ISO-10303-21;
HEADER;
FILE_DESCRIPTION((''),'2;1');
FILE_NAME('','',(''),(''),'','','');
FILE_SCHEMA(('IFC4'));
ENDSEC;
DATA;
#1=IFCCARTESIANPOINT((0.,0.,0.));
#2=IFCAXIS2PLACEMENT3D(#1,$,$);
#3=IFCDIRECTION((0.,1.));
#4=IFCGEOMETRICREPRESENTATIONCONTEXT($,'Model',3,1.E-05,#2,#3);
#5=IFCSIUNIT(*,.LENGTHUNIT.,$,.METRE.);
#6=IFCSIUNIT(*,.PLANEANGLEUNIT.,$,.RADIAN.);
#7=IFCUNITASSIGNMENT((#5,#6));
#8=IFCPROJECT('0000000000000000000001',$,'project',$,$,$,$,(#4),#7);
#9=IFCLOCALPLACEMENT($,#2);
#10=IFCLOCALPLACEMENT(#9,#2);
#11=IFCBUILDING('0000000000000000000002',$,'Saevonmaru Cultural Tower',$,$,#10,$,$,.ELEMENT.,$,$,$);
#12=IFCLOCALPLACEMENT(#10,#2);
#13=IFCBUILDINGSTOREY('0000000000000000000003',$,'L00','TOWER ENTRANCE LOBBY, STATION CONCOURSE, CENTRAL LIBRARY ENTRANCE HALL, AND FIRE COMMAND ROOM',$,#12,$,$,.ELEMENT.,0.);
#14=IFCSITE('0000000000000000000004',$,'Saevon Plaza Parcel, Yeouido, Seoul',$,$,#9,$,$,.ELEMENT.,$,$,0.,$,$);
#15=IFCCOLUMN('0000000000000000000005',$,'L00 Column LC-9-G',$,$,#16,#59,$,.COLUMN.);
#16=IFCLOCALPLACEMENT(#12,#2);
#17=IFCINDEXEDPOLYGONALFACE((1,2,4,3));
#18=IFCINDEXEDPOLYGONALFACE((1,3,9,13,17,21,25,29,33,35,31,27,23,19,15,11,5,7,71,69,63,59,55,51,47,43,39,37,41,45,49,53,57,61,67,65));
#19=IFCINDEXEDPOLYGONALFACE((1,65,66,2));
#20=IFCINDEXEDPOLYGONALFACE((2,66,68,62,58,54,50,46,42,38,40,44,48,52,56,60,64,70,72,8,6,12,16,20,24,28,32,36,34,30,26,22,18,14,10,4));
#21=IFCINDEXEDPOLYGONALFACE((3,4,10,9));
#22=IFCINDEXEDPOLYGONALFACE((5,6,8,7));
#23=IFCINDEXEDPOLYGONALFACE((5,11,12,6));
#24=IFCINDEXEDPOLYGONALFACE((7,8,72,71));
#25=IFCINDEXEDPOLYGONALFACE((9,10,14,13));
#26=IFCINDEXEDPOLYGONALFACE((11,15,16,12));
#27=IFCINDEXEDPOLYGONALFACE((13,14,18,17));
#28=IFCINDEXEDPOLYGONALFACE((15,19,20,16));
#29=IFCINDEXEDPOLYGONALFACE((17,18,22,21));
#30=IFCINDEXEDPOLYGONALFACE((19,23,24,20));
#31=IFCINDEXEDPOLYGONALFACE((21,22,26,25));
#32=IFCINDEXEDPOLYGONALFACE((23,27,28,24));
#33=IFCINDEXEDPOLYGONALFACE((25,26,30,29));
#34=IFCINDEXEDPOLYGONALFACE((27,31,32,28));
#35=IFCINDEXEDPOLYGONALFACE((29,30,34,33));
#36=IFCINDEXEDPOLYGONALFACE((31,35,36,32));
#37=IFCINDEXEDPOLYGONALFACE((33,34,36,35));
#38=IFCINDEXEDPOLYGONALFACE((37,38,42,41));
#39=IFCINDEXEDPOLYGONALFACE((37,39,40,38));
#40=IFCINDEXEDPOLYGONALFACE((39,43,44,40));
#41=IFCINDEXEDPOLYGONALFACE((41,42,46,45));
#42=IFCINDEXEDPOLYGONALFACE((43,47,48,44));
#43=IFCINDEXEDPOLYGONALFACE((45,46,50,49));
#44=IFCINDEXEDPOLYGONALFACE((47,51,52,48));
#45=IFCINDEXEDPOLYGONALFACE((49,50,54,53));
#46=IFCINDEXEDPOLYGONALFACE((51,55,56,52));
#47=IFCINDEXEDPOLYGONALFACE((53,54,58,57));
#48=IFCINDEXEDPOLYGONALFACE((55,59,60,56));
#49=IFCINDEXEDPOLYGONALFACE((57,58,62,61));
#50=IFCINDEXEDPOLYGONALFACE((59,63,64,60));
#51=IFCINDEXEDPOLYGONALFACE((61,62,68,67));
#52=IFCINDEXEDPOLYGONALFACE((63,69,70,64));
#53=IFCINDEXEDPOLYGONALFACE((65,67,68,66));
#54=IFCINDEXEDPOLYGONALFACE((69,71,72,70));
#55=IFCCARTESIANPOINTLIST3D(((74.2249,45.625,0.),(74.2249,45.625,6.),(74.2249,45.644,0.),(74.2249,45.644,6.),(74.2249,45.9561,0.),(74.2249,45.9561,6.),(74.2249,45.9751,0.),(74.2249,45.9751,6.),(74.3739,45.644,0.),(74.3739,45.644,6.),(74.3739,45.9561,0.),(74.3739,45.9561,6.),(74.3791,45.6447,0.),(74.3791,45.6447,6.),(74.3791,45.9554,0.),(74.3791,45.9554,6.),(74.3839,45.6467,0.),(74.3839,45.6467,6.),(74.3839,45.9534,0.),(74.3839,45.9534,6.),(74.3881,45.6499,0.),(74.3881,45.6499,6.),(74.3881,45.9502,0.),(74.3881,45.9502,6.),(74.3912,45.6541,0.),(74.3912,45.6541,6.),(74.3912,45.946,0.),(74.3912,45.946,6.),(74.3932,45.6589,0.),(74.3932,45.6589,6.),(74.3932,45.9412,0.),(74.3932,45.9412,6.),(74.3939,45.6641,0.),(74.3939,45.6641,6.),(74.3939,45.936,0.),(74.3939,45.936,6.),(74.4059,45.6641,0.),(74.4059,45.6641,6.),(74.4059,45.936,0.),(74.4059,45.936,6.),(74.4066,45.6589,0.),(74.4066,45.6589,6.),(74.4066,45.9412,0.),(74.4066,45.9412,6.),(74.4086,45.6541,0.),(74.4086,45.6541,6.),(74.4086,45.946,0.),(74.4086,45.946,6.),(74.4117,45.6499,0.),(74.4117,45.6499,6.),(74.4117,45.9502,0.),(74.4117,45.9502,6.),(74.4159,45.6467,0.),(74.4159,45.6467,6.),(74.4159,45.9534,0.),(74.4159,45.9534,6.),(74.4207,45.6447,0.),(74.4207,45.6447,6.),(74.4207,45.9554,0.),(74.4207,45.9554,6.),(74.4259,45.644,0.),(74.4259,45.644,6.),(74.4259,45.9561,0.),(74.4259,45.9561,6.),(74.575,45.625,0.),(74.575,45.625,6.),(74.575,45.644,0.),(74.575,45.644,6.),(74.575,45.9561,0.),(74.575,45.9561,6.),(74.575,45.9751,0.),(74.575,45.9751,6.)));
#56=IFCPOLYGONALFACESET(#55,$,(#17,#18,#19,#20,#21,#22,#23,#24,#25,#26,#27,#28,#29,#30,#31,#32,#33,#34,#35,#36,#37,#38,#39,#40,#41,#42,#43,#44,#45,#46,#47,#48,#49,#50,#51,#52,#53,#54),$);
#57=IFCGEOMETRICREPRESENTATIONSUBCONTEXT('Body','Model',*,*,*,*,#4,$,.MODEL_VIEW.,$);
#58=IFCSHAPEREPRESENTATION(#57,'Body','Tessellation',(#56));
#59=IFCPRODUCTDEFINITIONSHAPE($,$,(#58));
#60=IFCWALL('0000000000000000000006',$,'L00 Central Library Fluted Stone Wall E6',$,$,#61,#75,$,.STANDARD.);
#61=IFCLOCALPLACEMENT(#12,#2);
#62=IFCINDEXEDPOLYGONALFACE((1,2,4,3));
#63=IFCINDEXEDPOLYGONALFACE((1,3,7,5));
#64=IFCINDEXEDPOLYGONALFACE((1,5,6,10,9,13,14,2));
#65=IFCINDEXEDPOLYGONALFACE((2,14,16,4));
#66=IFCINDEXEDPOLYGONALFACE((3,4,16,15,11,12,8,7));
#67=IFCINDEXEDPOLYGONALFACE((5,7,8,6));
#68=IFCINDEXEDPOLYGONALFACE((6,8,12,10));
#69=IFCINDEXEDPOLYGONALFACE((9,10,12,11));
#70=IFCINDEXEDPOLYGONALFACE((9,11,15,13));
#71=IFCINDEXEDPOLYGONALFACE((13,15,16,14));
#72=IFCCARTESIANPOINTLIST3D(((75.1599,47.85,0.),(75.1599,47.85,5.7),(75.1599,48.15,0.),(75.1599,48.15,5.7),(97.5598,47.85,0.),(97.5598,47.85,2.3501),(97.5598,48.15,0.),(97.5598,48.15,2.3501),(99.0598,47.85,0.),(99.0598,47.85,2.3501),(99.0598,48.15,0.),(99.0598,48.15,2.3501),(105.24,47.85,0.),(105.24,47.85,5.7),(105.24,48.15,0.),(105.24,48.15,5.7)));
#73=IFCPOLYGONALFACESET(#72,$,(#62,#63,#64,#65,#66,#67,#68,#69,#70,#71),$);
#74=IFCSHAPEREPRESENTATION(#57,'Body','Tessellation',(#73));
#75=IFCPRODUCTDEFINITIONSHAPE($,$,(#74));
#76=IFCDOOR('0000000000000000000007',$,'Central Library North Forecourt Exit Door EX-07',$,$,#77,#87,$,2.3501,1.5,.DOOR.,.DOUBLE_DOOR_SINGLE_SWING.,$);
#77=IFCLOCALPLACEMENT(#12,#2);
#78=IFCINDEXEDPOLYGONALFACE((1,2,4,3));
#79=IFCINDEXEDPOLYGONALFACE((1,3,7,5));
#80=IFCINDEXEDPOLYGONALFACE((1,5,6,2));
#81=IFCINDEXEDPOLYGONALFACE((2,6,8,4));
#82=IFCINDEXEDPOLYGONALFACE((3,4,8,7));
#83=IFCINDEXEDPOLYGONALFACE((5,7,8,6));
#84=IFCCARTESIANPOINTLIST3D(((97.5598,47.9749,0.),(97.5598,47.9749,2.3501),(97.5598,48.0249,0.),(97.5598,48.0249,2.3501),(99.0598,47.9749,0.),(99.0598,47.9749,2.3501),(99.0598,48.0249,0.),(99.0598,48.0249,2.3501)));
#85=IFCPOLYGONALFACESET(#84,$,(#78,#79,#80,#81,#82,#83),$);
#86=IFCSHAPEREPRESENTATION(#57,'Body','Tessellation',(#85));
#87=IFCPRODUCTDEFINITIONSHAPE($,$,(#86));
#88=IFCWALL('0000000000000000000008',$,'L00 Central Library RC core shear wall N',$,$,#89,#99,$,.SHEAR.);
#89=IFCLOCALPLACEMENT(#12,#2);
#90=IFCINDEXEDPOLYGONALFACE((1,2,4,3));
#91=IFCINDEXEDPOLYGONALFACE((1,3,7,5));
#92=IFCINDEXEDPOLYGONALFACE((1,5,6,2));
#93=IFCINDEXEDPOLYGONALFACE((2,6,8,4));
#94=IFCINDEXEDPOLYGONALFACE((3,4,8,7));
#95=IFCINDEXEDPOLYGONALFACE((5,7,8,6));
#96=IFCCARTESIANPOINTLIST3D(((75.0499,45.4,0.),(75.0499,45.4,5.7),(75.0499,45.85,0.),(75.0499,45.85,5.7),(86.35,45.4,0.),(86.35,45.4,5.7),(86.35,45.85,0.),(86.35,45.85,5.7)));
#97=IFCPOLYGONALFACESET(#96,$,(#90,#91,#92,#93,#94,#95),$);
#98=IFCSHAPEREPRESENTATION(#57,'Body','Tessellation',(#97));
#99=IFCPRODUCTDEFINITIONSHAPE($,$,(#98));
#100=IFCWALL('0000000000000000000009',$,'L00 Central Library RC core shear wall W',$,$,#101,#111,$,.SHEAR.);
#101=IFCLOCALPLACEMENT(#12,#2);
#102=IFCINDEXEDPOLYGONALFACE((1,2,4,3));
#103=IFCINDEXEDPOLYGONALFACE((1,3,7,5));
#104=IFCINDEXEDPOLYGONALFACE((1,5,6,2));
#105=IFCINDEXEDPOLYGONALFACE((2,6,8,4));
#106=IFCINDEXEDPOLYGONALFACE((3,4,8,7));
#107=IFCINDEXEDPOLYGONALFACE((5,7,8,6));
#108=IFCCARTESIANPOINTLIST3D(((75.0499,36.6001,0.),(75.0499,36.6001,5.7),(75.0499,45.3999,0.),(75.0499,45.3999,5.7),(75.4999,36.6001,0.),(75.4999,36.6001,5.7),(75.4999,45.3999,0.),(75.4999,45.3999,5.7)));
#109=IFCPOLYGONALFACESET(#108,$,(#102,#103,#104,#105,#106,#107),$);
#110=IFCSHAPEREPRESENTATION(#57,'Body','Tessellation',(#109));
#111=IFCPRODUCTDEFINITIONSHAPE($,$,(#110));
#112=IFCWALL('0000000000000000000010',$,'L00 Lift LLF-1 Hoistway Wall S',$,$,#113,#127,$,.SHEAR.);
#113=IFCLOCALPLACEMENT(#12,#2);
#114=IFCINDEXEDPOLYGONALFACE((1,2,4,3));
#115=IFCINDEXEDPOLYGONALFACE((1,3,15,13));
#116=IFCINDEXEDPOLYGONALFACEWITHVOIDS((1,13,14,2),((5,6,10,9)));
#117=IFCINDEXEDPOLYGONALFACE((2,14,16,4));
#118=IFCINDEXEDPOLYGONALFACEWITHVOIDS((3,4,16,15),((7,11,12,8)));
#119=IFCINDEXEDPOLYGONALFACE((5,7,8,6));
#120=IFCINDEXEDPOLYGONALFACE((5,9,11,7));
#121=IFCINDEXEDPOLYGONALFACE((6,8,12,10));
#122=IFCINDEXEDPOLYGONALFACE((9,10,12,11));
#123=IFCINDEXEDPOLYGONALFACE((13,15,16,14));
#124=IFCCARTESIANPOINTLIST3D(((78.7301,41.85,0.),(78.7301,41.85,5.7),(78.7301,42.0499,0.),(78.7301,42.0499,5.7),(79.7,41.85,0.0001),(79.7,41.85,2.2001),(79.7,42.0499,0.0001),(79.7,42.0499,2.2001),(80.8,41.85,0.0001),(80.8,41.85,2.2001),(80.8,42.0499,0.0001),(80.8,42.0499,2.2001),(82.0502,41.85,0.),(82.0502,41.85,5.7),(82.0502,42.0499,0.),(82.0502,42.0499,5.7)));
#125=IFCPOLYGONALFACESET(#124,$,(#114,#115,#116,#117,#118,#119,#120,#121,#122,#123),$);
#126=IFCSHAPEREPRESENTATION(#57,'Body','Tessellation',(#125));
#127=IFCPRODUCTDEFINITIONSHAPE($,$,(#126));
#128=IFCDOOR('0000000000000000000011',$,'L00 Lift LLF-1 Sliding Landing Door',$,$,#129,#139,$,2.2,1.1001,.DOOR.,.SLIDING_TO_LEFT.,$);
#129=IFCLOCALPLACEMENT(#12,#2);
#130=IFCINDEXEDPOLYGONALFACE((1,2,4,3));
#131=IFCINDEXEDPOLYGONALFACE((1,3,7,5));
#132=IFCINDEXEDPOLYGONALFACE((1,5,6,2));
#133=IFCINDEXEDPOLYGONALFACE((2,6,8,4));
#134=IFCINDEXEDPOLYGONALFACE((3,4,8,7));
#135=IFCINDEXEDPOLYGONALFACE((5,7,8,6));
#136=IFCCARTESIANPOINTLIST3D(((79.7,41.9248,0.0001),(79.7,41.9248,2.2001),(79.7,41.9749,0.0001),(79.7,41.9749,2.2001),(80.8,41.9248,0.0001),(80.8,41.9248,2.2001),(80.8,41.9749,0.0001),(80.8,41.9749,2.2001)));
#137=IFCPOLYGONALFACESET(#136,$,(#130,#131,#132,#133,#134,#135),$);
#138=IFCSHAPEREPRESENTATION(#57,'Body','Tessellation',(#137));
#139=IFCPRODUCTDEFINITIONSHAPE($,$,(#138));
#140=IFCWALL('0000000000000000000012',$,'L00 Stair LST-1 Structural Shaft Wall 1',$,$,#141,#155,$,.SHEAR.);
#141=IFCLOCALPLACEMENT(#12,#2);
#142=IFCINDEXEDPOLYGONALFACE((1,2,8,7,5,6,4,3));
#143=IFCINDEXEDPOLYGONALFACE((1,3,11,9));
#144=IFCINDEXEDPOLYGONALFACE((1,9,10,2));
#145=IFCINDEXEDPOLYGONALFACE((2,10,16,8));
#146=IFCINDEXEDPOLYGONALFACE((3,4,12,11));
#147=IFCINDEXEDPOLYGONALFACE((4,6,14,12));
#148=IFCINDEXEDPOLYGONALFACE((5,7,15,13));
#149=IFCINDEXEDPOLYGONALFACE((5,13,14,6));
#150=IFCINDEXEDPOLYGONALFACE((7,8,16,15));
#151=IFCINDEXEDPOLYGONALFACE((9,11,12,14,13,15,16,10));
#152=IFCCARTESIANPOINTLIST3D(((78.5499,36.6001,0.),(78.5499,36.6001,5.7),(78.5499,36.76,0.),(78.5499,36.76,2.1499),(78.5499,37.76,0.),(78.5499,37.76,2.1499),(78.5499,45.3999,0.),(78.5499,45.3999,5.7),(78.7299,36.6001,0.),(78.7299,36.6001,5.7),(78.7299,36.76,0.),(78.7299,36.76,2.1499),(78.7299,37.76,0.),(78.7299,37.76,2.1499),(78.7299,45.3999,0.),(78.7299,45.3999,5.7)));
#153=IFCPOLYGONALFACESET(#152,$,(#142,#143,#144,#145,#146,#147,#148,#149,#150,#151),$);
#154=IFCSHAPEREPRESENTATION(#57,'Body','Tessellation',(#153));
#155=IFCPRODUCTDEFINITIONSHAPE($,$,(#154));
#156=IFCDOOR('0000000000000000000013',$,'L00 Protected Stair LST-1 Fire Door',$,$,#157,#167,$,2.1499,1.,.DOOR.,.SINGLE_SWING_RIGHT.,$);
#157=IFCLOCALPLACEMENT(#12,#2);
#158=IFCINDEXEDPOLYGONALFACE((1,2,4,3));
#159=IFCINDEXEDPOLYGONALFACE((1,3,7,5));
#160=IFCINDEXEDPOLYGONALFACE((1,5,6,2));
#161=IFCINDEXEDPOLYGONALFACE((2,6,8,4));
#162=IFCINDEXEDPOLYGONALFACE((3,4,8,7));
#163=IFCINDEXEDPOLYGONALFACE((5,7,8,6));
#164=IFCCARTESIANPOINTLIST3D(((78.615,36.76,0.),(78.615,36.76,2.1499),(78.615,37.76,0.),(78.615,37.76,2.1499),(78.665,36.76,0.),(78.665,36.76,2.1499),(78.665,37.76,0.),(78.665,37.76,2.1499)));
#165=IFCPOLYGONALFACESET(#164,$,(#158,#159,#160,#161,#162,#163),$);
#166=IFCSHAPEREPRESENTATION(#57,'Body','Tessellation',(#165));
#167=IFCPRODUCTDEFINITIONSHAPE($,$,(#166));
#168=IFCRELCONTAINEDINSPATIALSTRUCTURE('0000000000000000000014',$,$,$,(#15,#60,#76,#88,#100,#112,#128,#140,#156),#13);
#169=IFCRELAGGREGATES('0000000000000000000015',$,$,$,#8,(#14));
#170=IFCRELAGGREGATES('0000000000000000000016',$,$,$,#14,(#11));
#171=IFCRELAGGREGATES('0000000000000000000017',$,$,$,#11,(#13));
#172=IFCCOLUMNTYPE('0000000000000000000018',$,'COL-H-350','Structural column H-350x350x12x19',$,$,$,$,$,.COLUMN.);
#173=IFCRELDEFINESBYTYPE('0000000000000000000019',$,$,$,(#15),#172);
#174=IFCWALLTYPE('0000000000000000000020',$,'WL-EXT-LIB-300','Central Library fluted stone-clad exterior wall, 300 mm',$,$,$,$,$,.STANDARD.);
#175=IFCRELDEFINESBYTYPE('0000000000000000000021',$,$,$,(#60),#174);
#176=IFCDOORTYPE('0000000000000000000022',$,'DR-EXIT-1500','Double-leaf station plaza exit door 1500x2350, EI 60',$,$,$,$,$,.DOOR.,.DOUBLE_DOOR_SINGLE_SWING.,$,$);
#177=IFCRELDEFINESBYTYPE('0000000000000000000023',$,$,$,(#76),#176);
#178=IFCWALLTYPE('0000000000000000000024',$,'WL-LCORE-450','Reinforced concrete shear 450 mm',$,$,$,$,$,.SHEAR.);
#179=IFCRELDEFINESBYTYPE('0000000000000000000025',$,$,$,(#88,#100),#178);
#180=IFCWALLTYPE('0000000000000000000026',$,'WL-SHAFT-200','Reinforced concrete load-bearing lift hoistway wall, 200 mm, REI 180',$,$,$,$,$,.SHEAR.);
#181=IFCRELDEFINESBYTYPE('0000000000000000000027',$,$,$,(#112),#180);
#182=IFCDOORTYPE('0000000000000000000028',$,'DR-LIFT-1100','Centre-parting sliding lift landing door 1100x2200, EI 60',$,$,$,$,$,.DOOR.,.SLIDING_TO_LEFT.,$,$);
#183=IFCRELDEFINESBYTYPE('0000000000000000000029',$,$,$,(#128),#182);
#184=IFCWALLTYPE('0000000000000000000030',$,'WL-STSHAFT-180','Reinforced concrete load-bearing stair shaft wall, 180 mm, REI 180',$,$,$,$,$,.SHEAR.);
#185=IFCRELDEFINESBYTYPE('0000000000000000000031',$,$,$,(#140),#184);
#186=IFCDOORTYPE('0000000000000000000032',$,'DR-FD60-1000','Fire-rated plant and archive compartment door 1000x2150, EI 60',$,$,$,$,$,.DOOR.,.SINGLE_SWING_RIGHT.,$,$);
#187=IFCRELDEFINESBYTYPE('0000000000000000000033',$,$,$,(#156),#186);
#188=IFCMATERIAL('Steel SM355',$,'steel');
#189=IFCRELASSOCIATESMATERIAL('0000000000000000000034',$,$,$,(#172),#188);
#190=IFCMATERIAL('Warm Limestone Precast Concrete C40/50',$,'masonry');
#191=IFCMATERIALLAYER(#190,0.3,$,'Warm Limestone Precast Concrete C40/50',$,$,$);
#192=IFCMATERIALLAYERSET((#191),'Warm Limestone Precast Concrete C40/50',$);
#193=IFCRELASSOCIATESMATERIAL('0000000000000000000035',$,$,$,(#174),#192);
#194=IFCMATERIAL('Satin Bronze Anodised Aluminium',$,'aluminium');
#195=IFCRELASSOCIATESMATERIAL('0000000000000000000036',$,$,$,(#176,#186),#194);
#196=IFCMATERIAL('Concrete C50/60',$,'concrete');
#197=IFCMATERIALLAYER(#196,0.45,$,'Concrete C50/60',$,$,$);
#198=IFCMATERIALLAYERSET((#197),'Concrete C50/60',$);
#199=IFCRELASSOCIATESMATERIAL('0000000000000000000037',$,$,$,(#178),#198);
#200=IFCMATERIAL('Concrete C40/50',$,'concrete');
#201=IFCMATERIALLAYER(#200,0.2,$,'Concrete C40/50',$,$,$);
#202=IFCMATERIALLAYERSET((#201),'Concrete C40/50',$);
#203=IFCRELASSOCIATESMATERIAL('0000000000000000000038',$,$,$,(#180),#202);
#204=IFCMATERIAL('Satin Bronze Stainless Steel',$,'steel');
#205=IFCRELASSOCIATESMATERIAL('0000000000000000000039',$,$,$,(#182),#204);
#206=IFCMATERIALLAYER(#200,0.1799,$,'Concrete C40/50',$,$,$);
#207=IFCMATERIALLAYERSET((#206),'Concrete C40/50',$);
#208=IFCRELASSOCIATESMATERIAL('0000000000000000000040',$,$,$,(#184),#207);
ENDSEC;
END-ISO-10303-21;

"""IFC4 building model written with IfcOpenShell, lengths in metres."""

from ifc_helpers import new_model, si_unit, direction, frame, frame_2d, origin, origin_2d, place, context, subcontext, project, spatial, rectangle, i_section, extrude, material, layer, layer_set, material_profile, profile_set, type_object, element, fill, save


model = new_model("IFC4")

# Units and contexts
model_context = context("Model", 3, precision=1e-05, world=origin(), true_north=direction((0.0, 1.0)))
body_context = subcontext(model_context, "Body", "Model", "MODEL_VIEW")
ifc_project = project(units=[si_unit("LENGTHUNIT", "METRE"), si_unit("PLANEANGLEUNIT", "RADIAN")], contexts=[model_context])

# Site, building, storey
site_placement = place(None, origin())
site = spatial("IfcSite", under=ifc_project, at=site_placement, Name="Saevon Plaza Parcel, Yeouido, Seoul", CompositionType="ELEMENT", RefElevation=0.0)
building_placement = place(site_placement, origin())
building = spatial("IfcBuilding", under=site, at=building_placement, Name="Saevonmaru Cultural Tower", CompositionType="ELEMENT")
storey_placement = place(building_placement, origin())
storey = spatial("IfcBuildingStorey", under=building, at=storey_placement, Name="L00", Description="TOWER ENTRANCE LOBBY, STATION CONCOURSE, CENTRAL LIBRARY ENTRANCE HALL, AND FIRE COMMAND ROOM", CompositionType="ELEMENT", Elevation=0.0)

# Column
ifc_material_1 = material(Name="Steel SM355", Category="steel")
ifc_material_profile = material_profile(ifc_material_1, i_section(OverallWidth=0.3501, OverallDepth=0.3501, WebThickness=0.012, FlangeThickness=0.019, FilletRadius=0.02, at=origin_2d()), Name="H-350x350x12x19")
ifc_profile_set = profile_set([ifc_material_profile], Name="Steel SM355")
column_type = type_object("IfcColumnType", Name="COL-H-350", Description="Structural column H-350x350x12x19", PredefinedType="COLUMN", material=ifc_profile_set)
column_placement = place(storey_placement, frame((74.3999, 45.8, 0.0), z_axis=(0.0, 0.0, 1.0), x_axis=(1.0, 0.0, 0.0)))
element("IfcColumn", 1, at=column_placement, inside=storey, type_object=column_type, Name="L00 Column LC-9-G", PredefinedType="COLUMN", context=body_context, shape_type="SweptSolid", body=[
    extrude(i_section(OverallWidth=0.3501, OverallDepth=0.3501, WebThickness=0.012, FlangeThickness=0.019, FilletRadius=0.02, at=origin_2d()), origin(), (0.0, 0.0, 1.0), 6.0),
])

# Wall, opening, door
ifc_material_2 = material(Name="Warm Limestone Precast Concrete C40/50", Category="masonry")
ifc_layer_1 = layer(ifc_material_2, 0.3, Name="Warm Limestone Precast Concrete C40/50")
ifc_layer_set_1 = layer_set([ifc_layer_1], Name="Warm Limestone Precast Concrete C40/50")
wall_type_1 = type_object("IfcWallType", Name="WL-EXT-LIB-300", Description="Central Library fluted stone-clad exterior wall, 300 mm", PredefinedType="STANDARD", material=ifc_layer_set_1)
wall_1_placement = place(storey_placement, frame((75.1599, 48.0, 0.0), z_axis=(0.0, 0.0, 1.0), x_axis=(1.0, 0.0, 0.0)))
wall_1 = element("IfcWall", 2, at=wall_1_placement, inside=storey, type_object=wall_type_1, Name="L00 Central Library Fluted Stone Wall E6", PredefinedType="STANDARD", context=body_context, shape_type="SweptSolid", body=[
    extrude(rectangle(XDim=30.0801, YDim=0.3, at=frame_2d((15.04, 0.0))), origin(), (0.0, 0.0, 1.0), 5.7),
])
opening_1_placement = place(wall_1_placement, frame((22.3999, 0.0, 0.0)))
opening_1 = element("IfcOpeningElement", 3, at=opening_1_placement, cuts=wall_1, PredefinedType="OPENING", context=body_context, shape_type="SweptSolid", body=[
    extrude(rectangle(XDim=1.5, YDim=2.3501, at=frame_2d((0.75, 1.175))), frame((0.0, 0.1602, 0.0), z_axis=(0.0, -1.0, 0.0), x_axis=(1.0, 0.0, 0.0)), (0.0, 0.0, 1.0), 0.3201),
])
ifc_material_3 = material(Name="Satin Bronze Anodised Aluminium", Category="aluminium")
door_type_1 = type_object("IfcDoorType", Name="DR-EXIT-1500", Description="Double-leaf station plaza exit door 1500x2350, EI 60", OperationType="DOUBLE_DOOR_SINGLE_SWING", PredefinedType="DOOR", material=ifc_material_3)
door_1_placement = place(opening_1_placement, origin())
door_1 = element("IfcDoor", 4, at=door_1_placement, inside=storey, type_object=door_type_1, Name="Central Library North Forecourt Exit Door EX-07", OperationType="DOUBLE_DOOR_SINGLE_SWING", OverallHeight=2.3501, OverallWidth=1.5, PredefinedType="DOOR", context=body_context, shape_type="SweptSolid", body=[
    extrude(rectangle(XDim=1.5, YDim=2.3501, at=frame_2d((0.75, 1.175))), frame((0.0, 0.0249, 0.0), z_axis=(0.0, -1.0, 0.0), x_axis=(1.0, 0.0, 0.0)), (0.0, 0.0, 1.0), 0.05),
])
fill(opening_1, door_1)

# Walls
ifc_material_4 = material(Name="Concrete C50/60", Category="concrete")
ifc_layer_2 = layer(ifc_material_4, 0.45, Name="Concrete C50/60")
ifc_layer_set_2 = layer_set([ifc_layer_2], Name="Concrete C50/60")
wall_type_2 = type_object("IfcWallType", Name="WL-LCORE-450", Description="Reinforced concrete shear 450 mm", PredefinedType="SHEAR", material=ifc_layer_set_2)
wall_2_placement = place(storey_placement, frame((75.05, 45.625, 0.0), z_axis=(0.0, 0.0, 1.0), x_axis=(1.0, 0.0, 0.0)))
element("IfcWall", 5, at=wall_2_placement, inside=storey, type_object=wall_type_2, Name="L00 Central Library RC core shear wall N", PredefinedType="SHEAR", context=body_context, shape_type="SweptSolid", body=[
    extrude(rectangle(XDim=11.3, YDim=0.45, at=frame_2d((5.6499, 0.0))), origin(), (0.0, 0.0, 1.0), 5.7),
])
wall_3_placement = place(storey_placement, frame((75.2749, 36.6001, 0.0), z_axis=(0.0, 0.0, 1.0), x_axis=(0.0, 1.0, 0.0)))
element("IfcWall", 6, at=wall_3_placement, inside=storey, type_object=wall_type_2, Name="L00 Central Library RC core shear wall W", PredefinedType="SHEAR", context=body_context, shape_type="SweptSolid", body=[
    extrude(rectangle(XDim=8.7998, YDim=0.45, at=frame_2d((4.3999, 0.0))), origin(), (0.0, 0.0, 1.0), 5.7),
])

# Walls, openings, doors
ifc_material_5 = material(Name="Concrete C40/50", Category="concrete")
ifc_layer_3 = layer(ifc_material_5, 0.2, Name="Concrete C40/50")
ifc_layer_set_3 = layer_set([ifc_layer_3], Name="Concrete C40/50")
wall_type_3 = type_object("IfcWallType", Name="WL-SHAFT-200", Description="Reinforced concrete load-bearing lift hoistway wall, 200 mm, REI 180", PredefinedType="SHEAR", material=ifc_layer_set_3)
wall_4_placement = place(storey_placement, frame((78.73, 41.95, 0.0), z_axis=(0.0, 0.0, 1.0), x_axis=(1.0, 0.0, 0.0)))
wall_4 = element("IfcWall", 7, at=wall_4_placement, inside=storey, type_object=wall_type_3, Name="L00 Lift LLF-1 Hoistway Wall S", PredefinedType="SHEAR", context=body_context, shape_type="SweptSolid", body=[
    extrude(rectangle(XDim=3.3201, YDim=0.2, at=frame_2d((1.6602, 0.0))), origin(), (0.0, 0.0, 1.0), 5.7),
])
opening_2_placement = place(wall_4_placement, frame((0.97, 0.0, 0.0)))
opening_2 = element("IfcOpeningElement", 8, at=opening_2_placement, cuts=wall_4, PredefinedType="OPENING", context=body_context, shape_type="SweptSolid", body=[
    extrude(rectangle(XDim=1.1001, YDim=2.2, at=frame_2d((0.55, 1.1001))), frame((0.0, 0.1099, 0.0), z_axis=(0.0, -1.0, 0.0), x_axis=(1.0, 0.0, 0.0)), (0.0, 0.0, 1.0), 0.22),
])
ifc_material_6 = material(Name="Satin Bronze Stainless Steel", Category="steel")
door_type_2 = type_object("IfcDoorType", Name="DR-LIFT-1100", Description="Centre-parting sliding lift landing door 1100x2200, EI 60", OperationType="SLIDING_TO_LEFT", PredefinedType="DOOR", material=ifc_material_6)
door_2_placement = place(opening_2_placement, origin())
door_2 = element("IfcDoor", 9, at=door_2_placement, inside=storey, type_object=door_type_2, Name="L00 Lift LLF-1 Sliding Landing Door", OperationType="SLIDING_TO_LEFT", OverallHeight=2.2, OverallWidth=1.1001, PredefinedType="DOOR", context=body_context, shape_type="SweptSolid", body=[
    extrude(rectangle(XDim=1.1001, YDim=2.2, at=frame_2d((0.55, 1.1001))), frame((0.0, 0.0249, 0.0), z_axis=(0.0, -1.0, 0.0), x_axis=(1.0, 0.0, 0.0)), (0.0, 0.0, 1.0), 0.05),
])
fill(opening_2, door_2)
ifc_layer_4 = layer(ifc_material_5, 0.1799, Name="Concrete C40/50")
ifc_layer_set_4 = layer_set([ifc_layer_4], Name="Concrete C40/50")
wall_type_4 = type_object("IfcWallType", Name="WL-STSHAFT-180", Description="Reinforced concrete load-bearing stair shaft wall, 180 mm, REI 180", PredefinedType="SHEAR", material=ifc_layer_set_4)
wall_5_placement = place(storey_placement, frame((78.6399, 36.6001, 0.0), z_axis=(0.0, 0.0, 1.0), x_axis=(0.0, 1.0, 0.0)))
wall_5 = element("IfcWall", 10, at=wall_5_placement, inside=storey, type_object=wall_type_4, Name="L00 Stair LST-1 Structural Shaft Wall 1", PredefinedType="SHEAR", context=body_context, shape_type="SweptSolid", body=[
    extrude(rectangle(XDim=8.7998, YDim=0.1799, at=frame_2d((4.3999, 0.0))), origin(), (0.0, 0.0, 1.0), 5.7),
])
opening_3_placement = place(wall_5_placement, frame((0.1599, 0.0, 0.0)))
opening_3 = element("IfcOpeningElement", 11, at=opening_3_placement, cuts=wall_5, PredefinedType="OPENING", context=body_context, shape_type="SweptSolid", body=[
    extrude(rectangle(XDim=1.0, YDim=2.1499, at=frame_2d((0.5, 1.075))), frame((0.0, 0.1001, 0.0), z_axis=(0.0, -1.0, 0.0), x_axis=(1.0, 0.0, 0.0)), (0.0, 0.0, 1.0), 0.2),
])
door_type_3 = type_object("IfcDoorType", Name="DR-FD60-1000", Description="Fire-rated plant and archive compartment door 1000x2150, EI 60", OperationType="SINGLE_SWING_RIGHT", PredefinedType="DOOR", material=ifc_material_3)
door_3_placement = place(opening_3_placement, origin())
door_3 = element("IfcDoor", 12, at=door_3_placement, inside=storey, type_object=door_type_3, Name="L00 Protected Stair LST-1 Fire Door", OperationType="SINGLE_SWING_RIGHT", OverallHeight=2.1499, OverallWidth=1.0, PredefinedType="DOOR", context=body_context, shape_type="SweptSolid", body=[
    extrude(rectangle(XDim=1.0, YDim=2.1499, at=frame_2d((0.5, 1.075))), frame((0.0, 0.0249, 0.0), z_axis=(0.0, -1.0, 0.0), x_axis=(1.0, 0.0, 0.0)), (0.0, 0.0, 1.0), 0.05),
])
fill(opening_3, door_3)

save(model, "model.ifc")
